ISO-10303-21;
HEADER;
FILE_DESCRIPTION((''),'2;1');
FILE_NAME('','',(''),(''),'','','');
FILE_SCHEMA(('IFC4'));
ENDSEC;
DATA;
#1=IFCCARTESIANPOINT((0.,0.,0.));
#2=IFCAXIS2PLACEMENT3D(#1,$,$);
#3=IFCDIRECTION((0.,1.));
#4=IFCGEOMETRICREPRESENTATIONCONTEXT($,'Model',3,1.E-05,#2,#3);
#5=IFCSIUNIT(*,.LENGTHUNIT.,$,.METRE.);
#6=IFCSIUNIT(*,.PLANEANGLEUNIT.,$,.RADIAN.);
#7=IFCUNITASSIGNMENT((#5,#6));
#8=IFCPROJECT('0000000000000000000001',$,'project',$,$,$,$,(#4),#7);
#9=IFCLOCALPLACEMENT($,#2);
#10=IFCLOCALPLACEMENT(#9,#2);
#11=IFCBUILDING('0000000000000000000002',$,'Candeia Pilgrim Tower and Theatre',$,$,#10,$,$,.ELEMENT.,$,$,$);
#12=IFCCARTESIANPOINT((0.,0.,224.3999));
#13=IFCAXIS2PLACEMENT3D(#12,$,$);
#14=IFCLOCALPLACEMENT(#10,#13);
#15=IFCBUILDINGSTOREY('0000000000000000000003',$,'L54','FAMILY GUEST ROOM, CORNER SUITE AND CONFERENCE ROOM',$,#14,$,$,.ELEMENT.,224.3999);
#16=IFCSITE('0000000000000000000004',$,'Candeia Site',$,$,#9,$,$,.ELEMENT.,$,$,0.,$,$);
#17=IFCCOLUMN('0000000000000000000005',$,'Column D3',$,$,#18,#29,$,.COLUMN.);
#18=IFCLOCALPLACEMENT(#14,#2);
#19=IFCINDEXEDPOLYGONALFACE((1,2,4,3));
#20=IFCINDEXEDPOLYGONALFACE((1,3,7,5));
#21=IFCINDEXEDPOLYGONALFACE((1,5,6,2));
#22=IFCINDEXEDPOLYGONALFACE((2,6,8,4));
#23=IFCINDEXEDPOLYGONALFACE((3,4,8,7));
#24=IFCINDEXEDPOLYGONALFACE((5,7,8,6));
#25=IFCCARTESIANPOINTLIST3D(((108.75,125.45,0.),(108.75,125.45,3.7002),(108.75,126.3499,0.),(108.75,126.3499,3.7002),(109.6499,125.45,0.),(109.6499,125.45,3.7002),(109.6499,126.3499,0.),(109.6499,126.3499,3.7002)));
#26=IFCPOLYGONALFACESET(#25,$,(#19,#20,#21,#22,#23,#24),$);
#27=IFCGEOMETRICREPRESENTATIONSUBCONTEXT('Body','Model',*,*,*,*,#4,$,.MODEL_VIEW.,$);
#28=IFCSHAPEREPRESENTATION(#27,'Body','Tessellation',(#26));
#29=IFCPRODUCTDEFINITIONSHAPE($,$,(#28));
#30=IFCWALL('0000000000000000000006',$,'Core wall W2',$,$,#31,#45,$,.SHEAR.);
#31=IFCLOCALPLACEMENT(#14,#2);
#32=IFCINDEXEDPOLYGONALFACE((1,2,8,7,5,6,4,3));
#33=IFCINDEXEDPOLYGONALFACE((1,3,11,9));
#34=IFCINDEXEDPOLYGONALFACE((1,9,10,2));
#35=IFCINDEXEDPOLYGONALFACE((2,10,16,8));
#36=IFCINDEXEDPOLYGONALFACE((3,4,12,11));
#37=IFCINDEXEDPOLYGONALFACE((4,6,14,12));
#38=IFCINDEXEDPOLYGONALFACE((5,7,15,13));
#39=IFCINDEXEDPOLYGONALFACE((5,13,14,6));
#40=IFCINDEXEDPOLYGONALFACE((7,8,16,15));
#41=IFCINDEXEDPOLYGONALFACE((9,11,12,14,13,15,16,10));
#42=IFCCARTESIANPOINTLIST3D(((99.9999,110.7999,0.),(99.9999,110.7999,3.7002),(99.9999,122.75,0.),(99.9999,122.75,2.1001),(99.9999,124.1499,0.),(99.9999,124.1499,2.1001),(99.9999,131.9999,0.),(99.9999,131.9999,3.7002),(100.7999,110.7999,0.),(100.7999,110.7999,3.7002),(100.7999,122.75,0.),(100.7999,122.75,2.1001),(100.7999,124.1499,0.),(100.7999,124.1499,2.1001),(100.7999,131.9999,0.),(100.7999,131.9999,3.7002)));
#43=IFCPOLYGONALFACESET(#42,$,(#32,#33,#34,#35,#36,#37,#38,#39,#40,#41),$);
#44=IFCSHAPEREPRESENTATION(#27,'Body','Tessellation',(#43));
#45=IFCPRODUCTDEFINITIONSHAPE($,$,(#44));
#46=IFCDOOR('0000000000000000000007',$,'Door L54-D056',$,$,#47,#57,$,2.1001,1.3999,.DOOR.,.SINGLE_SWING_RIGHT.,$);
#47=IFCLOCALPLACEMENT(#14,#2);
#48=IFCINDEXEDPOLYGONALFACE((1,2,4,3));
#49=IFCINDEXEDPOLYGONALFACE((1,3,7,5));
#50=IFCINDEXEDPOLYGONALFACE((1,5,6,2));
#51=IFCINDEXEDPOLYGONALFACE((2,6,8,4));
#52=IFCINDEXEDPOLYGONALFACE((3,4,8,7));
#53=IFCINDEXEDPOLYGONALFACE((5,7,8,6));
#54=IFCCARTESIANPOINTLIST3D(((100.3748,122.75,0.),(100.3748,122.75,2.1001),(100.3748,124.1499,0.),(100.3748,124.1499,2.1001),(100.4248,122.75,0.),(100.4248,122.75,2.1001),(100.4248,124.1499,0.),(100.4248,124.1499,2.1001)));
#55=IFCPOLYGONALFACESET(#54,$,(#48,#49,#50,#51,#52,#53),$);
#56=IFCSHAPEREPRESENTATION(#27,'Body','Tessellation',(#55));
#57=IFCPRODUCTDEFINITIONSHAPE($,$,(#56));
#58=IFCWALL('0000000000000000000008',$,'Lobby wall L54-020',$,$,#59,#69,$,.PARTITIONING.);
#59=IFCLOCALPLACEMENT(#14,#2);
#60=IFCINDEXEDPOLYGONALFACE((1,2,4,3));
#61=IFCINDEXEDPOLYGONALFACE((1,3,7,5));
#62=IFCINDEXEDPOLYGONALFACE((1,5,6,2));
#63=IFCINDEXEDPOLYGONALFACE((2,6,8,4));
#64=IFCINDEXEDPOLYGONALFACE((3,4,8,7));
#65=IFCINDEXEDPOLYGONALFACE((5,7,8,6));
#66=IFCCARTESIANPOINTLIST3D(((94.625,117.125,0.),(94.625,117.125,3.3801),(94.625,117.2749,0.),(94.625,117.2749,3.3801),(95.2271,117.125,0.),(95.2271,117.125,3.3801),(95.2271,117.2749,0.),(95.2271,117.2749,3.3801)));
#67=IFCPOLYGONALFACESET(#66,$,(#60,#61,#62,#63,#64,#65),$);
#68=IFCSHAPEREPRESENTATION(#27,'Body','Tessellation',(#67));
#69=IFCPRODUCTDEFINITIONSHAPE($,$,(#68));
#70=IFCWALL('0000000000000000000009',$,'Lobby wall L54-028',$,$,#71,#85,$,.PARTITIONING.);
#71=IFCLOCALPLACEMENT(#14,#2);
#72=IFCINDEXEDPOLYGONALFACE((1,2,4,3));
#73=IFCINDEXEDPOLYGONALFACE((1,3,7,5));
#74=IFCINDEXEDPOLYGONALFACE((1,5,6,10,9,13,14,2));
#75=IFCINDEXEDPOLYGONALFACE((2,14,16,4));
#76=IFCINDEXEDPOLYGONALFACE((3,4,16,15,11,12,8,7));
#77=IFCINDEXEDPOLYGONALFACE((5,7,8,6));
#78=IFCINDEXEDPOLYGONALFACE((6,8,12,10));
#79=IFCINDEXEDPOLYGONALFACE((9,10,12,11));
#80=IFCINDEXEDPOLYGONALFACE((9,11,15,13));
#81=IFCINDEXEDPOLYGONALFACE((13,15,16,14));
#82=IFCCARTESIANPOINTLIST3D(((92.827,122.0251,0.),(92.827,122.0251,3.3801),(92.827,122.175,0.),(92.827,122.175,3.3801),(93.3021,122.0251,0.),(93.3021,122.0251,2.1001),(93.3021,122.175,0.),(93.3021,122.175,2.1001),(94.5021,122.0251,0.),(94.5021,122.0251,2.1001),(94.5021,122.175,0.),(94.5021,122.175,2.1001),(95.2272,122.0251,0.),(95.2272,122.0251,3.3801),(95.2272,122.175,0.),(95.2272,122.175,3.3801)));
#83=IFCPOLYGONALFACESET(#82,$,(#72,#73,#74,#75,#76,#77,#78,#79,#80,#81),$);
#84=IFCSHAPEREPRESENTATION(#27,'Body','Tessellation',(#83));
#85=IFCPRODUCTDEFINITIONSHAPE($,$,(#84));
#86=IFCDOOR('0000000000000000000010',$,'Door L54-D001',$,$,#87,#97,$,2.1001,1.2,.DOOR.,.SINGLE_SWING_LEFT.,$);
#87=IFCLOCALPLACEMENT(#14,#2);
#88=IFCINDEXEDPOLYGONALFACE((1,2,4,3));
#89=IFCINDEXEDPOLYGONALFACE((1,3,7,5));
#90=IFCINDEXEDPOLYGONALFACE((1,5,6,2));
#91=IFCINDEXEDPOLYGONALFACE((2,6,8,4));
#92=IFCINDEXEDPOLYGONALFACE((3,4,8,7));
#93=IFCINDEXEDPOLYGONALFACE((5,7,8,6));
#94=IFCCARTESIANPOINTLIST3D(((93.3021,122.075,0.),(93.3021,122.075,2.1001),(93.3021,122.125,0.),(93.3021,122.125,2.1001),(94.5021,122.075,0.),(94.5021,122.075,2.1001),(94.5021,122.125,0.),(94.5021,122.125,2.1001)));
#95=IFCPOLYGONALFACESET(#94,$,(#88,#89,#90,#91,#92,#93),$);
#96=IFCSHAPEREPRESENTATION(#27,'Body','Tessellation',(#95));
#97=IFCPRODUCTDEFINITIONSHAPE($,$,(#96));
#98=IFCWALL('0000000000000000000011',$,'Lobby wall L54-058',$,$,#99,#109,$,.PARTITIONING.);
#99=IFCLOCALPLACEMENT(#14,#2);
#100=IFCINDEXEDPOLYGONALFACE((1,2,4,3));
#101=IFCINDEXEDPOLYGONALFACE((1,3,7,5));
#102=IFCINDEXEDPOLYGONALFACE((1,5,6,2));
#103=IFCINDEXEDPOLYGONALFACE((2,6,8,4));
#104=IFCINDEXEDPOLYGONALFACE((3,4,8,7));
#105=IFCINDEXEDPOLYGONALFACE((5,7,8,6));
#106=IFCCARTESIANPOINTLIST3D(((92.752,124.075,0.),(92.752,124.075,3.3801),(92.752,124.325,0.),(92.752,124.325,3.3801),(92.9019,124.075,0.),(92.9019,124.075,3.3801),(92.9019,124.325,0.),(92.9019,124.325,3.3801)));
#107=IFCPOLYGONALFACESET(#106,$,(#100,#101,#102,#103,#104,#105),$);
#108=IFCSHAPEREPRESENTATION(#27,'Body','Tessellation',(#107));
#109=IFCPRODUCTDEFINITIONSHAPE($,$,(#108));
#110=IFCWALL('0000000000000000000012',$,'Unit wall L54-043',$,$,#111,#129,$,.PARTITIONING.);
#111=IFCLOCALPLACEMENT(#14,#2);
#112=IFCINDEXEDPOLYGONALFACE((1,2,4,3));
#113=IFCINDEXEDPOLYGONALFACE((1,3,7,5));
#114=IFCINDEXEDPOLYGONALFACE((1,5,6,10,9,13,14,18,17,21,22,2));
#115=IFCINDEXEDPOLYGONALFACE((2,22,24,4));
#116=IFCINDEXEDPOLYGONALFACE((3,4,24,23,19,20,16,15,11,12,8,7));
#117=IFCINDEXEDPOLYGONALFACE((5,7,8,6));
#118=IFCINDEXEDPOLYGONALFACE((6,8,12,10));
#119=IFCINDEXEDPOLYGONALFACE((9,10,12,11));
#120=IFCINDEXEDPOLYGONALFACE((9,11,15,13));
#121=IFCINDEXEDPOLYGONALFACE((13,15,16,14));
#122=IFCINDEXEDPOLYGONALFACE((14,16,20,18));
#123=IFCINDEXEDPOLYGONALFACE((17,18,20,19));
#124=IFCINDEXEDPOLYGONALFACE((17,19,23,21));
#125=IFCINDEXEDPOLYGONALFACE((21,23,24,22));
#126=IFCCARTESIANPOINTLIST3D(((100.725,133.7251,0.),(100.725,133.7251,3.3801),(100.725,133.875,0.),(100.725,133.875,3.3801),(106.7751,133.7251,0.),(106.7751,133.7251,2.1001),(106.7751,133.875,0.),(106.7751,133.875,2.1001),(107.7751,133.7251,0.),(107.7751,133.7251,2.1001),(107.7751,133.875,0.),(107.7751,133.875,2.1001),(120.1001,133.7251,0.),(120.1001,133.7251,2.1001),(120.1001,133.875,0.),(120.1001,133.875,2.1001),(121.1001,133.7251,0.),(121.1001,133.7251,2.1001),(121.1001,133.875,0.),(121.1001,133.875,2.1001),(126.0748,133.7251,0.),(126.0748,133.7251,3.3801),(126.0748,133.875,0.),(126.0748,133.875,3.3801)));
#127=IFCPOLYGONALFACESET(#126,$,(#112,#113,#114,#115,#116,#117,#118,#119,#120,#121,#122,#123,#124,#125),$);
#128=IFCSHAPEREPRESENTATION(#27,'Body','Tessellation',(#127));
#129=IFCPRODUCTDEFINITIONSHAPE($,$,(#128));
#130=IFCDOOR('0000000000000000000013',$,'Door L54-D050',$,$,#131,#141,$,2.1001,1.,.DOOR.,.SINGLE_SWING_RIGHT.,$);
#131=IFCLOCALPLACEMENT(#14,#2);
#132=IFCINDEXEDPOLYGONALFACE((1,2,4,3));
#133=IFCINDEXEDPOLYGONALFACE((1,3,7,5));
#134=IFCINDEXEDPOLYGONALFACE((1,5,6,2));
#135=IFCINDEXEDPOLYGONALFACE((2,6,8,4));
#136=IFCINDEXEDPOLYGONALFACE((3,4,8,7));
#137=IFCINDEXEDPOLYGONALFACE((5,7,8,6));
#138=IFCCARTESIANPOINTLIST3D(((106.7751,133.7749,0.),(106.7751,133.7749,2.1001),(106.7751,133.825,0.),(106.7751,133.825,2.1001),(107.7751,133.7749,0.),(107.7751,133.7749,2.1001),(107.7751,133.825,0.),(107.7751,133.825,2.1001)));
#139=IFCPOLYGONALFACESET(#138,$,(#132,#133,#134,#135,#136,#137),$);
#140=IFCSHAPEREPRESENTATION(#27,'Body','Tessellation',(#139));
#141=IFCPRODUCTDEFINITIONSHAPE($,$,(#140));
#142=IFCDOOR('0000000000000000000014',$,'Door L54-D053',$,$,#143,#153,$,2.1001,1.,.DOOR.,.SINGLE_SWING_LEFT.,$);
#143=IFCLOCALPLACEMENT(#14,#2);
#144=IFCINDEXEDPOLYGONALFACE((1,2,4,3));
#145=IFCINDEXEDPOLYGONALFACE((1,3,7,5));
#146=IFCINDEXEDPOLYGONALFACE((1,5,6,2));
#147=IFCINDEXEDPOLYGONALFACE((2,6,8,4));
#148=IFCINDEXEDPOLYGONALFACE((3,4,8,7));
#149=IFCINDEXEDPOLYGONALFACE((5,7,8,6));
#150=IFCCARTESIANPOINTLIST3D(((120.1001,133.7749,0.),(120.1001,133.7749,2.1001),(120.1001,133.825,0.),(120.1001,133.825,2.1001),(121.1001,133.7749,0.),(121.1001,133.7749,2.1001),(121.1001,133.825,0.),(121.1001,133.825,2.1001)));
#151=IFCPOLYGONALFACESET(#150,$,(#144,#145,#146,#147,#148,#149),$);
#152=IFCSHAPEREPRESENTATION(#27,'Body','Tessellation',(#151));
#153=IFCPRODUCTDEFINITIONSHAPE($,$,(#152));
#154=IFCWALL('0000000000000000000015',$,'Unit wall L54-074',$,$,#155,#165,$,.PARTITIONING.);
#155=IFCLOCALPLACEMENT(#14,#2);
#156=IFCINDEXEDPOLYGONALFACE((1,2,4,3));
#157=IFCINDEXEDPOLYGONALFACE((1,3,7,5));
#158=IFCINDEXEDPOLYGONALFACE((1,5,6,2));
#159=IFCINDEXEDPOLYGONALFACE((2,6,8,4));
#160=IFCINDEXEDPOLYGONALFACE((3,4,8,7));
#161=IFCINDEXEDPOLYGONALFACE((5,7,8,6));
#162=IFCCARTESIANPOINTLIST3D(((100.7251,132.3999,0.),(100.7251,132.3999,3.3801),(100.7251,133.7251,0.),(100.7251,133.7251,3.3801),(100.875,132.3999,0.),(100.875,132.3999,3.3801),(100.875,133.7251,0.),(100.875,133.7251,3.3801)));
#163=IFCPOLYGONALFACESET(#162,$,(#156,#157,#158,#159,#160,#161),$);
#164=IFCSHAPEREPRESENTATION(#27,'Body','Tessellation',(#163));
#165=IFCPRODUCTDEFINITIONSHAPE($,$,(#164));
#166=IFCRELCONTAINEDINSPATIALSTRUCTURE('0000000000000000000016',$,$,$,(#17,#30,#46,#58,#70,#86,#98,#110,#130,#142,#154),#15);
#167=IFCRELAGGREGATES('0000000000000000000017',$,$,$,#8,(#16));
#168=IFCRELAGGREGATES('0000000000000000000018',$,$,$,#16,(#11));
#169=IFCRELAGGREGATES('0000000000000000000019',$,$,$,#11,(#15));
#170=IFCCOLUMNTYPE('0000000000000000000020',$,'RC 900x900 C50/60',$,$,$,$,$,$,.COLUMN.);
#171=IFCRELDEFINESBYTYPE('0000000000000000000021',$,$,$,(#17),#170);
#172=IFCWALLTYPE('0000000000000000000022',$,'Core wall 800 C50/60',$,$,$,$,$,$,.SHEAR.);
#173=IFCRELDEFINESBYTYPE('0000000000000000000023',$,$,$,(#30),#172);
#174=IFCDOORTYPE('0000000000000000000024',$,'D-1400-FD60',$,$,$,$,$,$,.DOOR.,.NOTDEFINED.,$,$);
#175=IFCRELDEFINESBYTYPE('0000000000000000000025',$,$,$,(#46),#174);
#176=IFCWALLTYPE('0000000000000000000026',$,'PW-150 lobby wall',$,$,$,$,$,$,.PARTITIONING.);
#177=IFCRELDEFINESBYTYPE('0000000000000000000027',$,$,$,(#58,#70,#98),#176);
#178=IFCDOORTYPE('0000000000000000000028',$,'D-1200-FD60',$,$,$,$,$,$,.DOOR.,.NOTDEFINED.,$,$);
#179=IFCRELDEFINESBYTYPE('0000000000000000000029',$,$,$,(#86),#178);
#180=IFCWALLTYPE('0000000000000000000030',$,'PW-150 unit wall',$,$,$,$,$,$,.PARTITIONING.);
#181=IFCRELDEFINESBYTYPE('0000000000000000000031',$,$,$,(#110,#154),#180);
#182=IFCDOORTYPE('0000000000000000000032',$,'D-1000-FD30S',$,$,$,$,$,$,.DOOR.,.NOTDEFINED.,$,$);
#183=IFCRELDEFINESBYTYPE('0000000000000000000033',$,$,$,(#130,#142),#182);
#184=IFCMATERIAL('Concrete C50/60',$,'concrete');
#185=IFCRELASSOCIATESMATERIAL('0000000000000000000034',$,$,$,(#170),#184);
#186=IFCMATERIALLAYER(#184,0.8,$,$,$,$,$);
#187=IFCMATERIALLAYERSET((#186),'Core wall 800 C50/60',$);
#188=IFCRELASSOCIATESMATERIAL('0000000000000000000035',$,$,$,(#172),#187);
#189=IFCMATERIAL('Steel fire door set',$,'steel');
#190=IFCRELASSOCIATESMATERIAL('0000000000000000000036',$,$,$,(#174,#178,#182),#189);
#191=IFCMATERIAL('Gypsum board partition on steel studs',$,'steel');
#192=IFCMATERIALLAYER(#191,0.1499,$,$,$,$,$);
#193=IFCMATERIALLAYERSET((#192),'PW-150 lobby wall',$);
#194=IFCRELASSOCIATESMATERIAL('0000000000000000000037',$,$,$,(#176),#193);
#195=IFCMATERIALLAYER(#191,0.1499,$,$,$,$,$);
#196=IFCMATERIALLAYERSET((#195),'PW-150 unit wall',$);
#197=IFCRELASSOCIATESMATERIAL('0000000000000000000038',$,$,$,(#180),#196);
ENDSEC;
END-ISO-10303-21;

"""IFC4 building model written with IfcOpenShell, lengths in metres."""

from ifc_helpers import new_model, si_unit, direction, frame, frame_2d, origin, origin_2d, place, context, subcontext, project, spatial, rectangle, extrude, material, layer, layer_set, material_profile, profile_set, type_object, element, fill, save


model = new_model("IFC4")

# Units and contexts
model_context = context("Model", 3, precision=1e-05, world=origin(), true_north=direction((0.0, 1.0)))
body_context = subcontext(model_context, "Body", "Model", "MODEL_VIEW")
ifc_project = project(units=[si_unit("LENGTHUNIT", "METRE"), si_unit("PLANEANGLEUNIT", "RADIAN")], contexts=[model_context])

# Site, building, storey
site_placement = place(None, origin())
site = spatial("IfcSite", under=ifc_project, at=site_placement, Name="Candeia Site", CompositionType="ELEMENT", RefElevation=0.0)
building_placement = place(site_placement, origin())
building = spatial("IfcBuilding", under=site, at=building_placement, Name="Candeia Pilgrim Tower and Theatre", CompositionType="ELEMENT")
storey_placement = place(building_placement, frame((0.0, 0.0, 224.3999)))
storey = spatial("IfcBuildingStorey", under=building, at=storey_placement, Name="L54", Description="FAMILY GUEST ROOM, CORNER SUITE AND CONFERENCE ROOM", CompositionType="ELEMENT", Elevation=224.3999)

# Column
ifc_material_1 = material(Name="Concrete C50/60", Category="concrete")
ifc_material_profile = material_profile(ifc_material_1, rectangle(XDim=0.8999, YDim=0.8999, at=origin_2d()))
ifc_profile_set = profile_set([ifc_material_profile], Name="Concrete C50/60")
column_type = type_object("IfcColumnType", Name="RC 900x900 C50/60", PredefinedType="COLUMN", material=ifc_profile_set)
column_placement = place(storey_placement, frame((109.2, 125.8999, 0.0), z_axis=(0.0, 0.0, 1.0), x_axis=(1.0, 0.0, 0.0)))
element("IfcColumn", 1, at=column_placement, inside=storey, type_object=column_type, Name="Column D3", PredefinedType="COLUMN", context=body_context, shape_type="SweptSolid", body=[
    extrude(rectangle(XDim=0.8999, YDim=0.8999, at=origin_2d()), origin(), (0.0, 0.0, 1.0), 3.7002),
])

# Wall, opening, door
ifc_layer_1 = layer(ifc_material_1, 0.8)
ifc_layer_set_1 = layer_set([ifc_layer_1], Name="Core wall 800 C50/60")
wall_type_1 = type_object("IfcWallType", Name="Core wall 800 C50/60", PredefinedType="SHEAR", material=ifc_layer_set_1)
wall_1_placement = place(storey_placement, frame((100.3999, 132.0, 0.0), z_axis=(0.0, 0.0, 1.0), x_axis=(0.0, -1.0, 0.0)))
wall_1 = element("IfcWall", 2, at=wall_1_placement, inside=storey, type_object=wall_type_1, Name="Core wall W2", PredefinedType="SHEAR", context=body_context, shape_type="SweptSolid", body=[
    extrude(rectangle(XDim=21.2, YDim=0.8, at=frame_2d((10.6001, 0.0))), origin(), (0.0, 0.0, 1.0), 3.7002),
])
opening_1_placement = place(wall_1_placement, frame((7.8501, 0.0, 0.0)))
opening_1 = element("IfcOpeningElement", 3, at=opening_1_placement, cuts=wall_1, PredefinedType="OPENING", context=body_context, shape_type="SweptSolid", body=[
    extrude(rectangle(XDim=1.3999, YDim=2.1001, at=frame_2d((0.7, 1.05))), frame((0.0, 0.4102, 0.0), z_axis=(0.0, -1.0, 0.0), x_axis=(1.0, 0.0, 0.0)), (0.0, 0.0, 1.0), 0.8201),
])
ifc_material_2 = material(Name="Steel fire door set", Category="steel")
door_type_1 = type_object("IfcDoorType", Name="D-1400-FD60", OperationType="NOTDEFINED", PredefinedType="DOOR", material=ifc_material_2)
door_1_placement = place(opening_1_placement, origin())
door_1 = element("IfcDoor", 4, at=door_1_placement, inside=storey, type_object=door_type_1, Name="Door L54-D056", OperationType="SINGLE_SWING_RIGHT", OverallHeight=2.1001, OverallWidth=1.3999, PredefinedType="DOOR", context=body_context, shape_type="SweptSolid", body=[
    extrude(rectangle(XDim=1.3999, YDim=2.1001, at=frame_2d((0.7, 1.05))), frame((0.0, 0.0249, 0.0), z_axis=(0.0, -1.0, 0.0), x_axis=(1.0, 0.0, 0.0)), (0.0, 0.0, 1.0), 0.05),
])
fill(opening_1, door_1)

# Wall
ifc_material_3 = material(Name="Gypsum board partition on steel studs", Category="steel")
ifc_layer_2 = layer(ifc_material_3, 0.1499)
ifc_layer_set_2 = layer_set([ifc_layer_2], Name="PW-150 lobby wall")
wall_type_2 = type_object("IfcWallType", Name="PW-150 lobby wall", PredefinedType="PARTITIONING", material=ifc_layer_set_2)
wall_2_placement = place(storey_placement, frame((94.625, 117.2, 0.0), z_axis=(0.0, 0.0, 1.0), x_axis=(1.0, 0.0, 0.0)))
element("IfcWall", 5, at=wall_2_placement, inside=storey, type_object=wall_type_2, Name="Lobby wall L54-020", PredefinedType="PARTITIONING", context=body_context, shape_type="SweptSolid", body=[
    extrude(rectangle(XDim=0.6021, YDim=0.1499, at=frame_2d((0.301, 0.0))), origin(), (0.0, 0.0, 1.0), 3.3801),
])

# Wall, opening, door
wall_3_placement = place(storey_placement, frame((92.8269, 122.1001, 0.0), z_axis=(0.0, 0.0, 1.0), x_axis=(1.0, 0.0, 0.0)))
wall_3 = element("IfcWall", 6, at=wall_3_placement, inside=storey, type_object=wall_type_2, Name="Lobby wall L54-028", PredefinedType="PARTITIONING", context=body_context, shape_type="SweptSolid", body=[
    extrude(rectangle(XDim=2.4001, YDim=0.1499, at=frame_2d((1.2002, 0.0))), origin(), (0.0, 0.0, 1.0), 3.3801),
])
opening_2_placement = place(wall_3_placement, frame((0.4751, 0.0, 0.0)))
opening_2 = element("IfcOpeningElement", 7, at=opening_2_placement, cuts=wall_3, PredefinedType="OPENING", context=body_context, shape_type="SweptSolid", body=[
    extrude(rectangle(XDim=1.2, YDim=2.1001, at=frame_2d((0.6001, 1.05))), frame((0.0, 0.085, 0.0), z_axis=(0.0, -1.0, 0.0), x_axis=(1.0, 0.0, 0.0)), (0.0, 0.0, 1.0), 0.1699),
])
door_type_2 = type_object("IfcDoorType", Name="D-1200-FD60", OperationType="NOTDEFINED", PredefinedType="DOOR", material=ifc_material_2)
door_2_placement = place(opening_2_placement, origin())
door_2 = element("IfcDoor", 8, at=door_2_placement, inside=storey, type_object=door_type_2, Name="Door L54-D001", OperationType="SINGLE_SWING_LEFT", OverallHeight=2.1001, OverallWidth=1.2, PredefinedType="DOOR", context=body_context, shape_type="SweptSolid", body=[
    extrude(rectangle(XDim=1.2, YDim=2.1001, at=frame_2d((0.6001, 1.05))), frame((0.0, 0.0249, 0.0), z_axis=(0.0, -1.0, 0.0), x_axis=(1.0, 0.0, 0.0)), (0.0, 0.0, 1.0), 0.05),
])
fill(opening_2, door_2)

# Wall
wall_4_placement = place(storey_placement, frame((92.8269, 124.075, 0.0), z_axis=(0.0, 0.0, 1.0), x_axis=(0.0, 1.0, 0.0)))
element("IfcWall", 9, at=wall_4_placement, inside=storey, type_object=wall_type_2, Name="Lobby wall L54-058", PredefinedType="PARTITIONING", context=body_context, shape_type="SweptSolid", body=[
    extrude(rectangle(XDim=0.25, YDim=0.1499, at=frame_2d((0.125, 0.0))), origin(), (0.0, 0.0, 1.0), 3.3801),
])

# Wall, openings, doors
ifc_layer_3 = layer(ifc_material_3, 0.1499)
ifc_layer_set_3 = layer_set([ifc_layer_3], Name="PW-150 unit wall")
wall_type_3 = type_object("IfcWallType", Name="PW-150 unit wall", PredefinedType="PARTITIONING", material=ifc_layer_set_3)
wall_5_placement = place(storey_placement, frame((100.7251, 133.8, 0.0), z_axis=(0.0, 0.0, 1.0), x_axis=(1.0, 0.0, 0.0)))
wall_5 = element("IfcWall", 10, at=wall_5_placement, inside=storey, type_object=wall_type_3, Name="Unit wall L54-043", PredefinedType="PARTITIONING", context=body_context, shape_type="SweptSolid", body=[
    extrude(rectangle(XDim=25.3499, YDim=0.1499, at=frame_2d((12.6748, 0.0))), origin(), (0.0, 0.0, 1.0), 3.3801),
])
opening_3_placement = place(wall_5_placement, frame((6.05, 0.0, 0.0)))
opening_3 = element("IfcOpeningElement", 11, at=opening_3_placement, cuts=wall_5, PredefinedType="OPENING", context=body_context, shape_type="SweptSolid", body=[
    extrude(rectangle(XDim=1.0, YDim=2.1001, at=frame_2d((0.5, 1.05))), frame((0.0, 0.085, 0.0), z_axis=(0.0, -1.0, 0.0), x_axis=(1.0, 0.0, 0.0)), (0.0, 0.0, 1.0), 0.1699),
])
opening_4_placement = place(wall_5_placement, frame((19.375, 0.0, 0.0)))
opening_4 = element("IfcOpeningElement", 12, at=opening_4_placement, cuts=wall_5, PredefinedType="OPENING", context=body_context, shape_type="SweptSolid", body=[
    extrude(rectangle(XDim=1.0, YDim=2.1001, at=frame_2d((0.5, 1.05))), frame((0.0, 0.085, 0.0), z_axis=(0.0, -1.0, 0.0), x_axis=(1.0, 0.0, 0.0)), (0.0, 0.0, 1.0), 0.1699),
])
door_type_3 = type_object("IfcDoorType", Name="D-1000-FD30S", OperationType="NOTDEFINED", PredefinedType="DOOR", material=ifc_material_2)
door_3_placement = place(opening_3_placement, origin())
door_3 = element("IfcDoor", 13, at=door_3_placement, inside=storey, type_object=door_type_3, Name="Door L54-D050", OperationType="SINGLE_SWING_RIGHT", OverallHeight=2.1001, OverallWidth=1.0, PredefinedType="DOOR", context=body_context, shape_type="SweptSolid", body=[
    extrude(rectangle(XDim=1.0, YDim=2.1001, at=frame_2d((0.5, 1.05))), frame((0.0, 0.0249, 0.0), z_axis=(0.0, -1.0, 0.0), x_axis=(1.0, 0.0, 0.0)), (0.0, 0.0, 1.0), 0.05),
])
fill(opening_3, door_3)
door_4_placement = place(opening_4_placement, origin())
door_4 = element("IfcDoor", 14, at=door_4_placement, inside=storey, type_object=door_type_3, Name="Door L54-D053", OperationType="SINGLE_SWING_LEFT", OverallHeight=2.1001, OverallWidth=1.0, PredefinedType="DOOR", context=body_context, shape_type="SweptSolid", body=[
    extrude(rectangle(XDim=1.0, YDim=2.1001, at=frame_2d((0.5, 1.05))), frame((0.0, 0.0249, 0.0), z_axis=(0.0, -1.0, 0.0), x_axis=(1.0, 0.0, 0.0)), (0.0, 0.0, 1.0), 0.05),
])
fill(opening_4, door_4)

# Wall
wall_6_placement = place(storey_placement, frame((100.8, 132.3999, 0.0), z_axis=(0.0, 0.0, 1.0), x_axis=(0.0, 1.0, 0.0)))
element("IfcWall", 15, at=wall_6_placement, inside=storey, type_object=wall_type_3, Name="Unit wall L54-074", PredefinedType="PARTITIONING", context=body_context, shape_type="SweptSolid", body=[
    extrude(rectangle(XDim=1.3252, YDim=0.1499, at=frame_2d((0.6626, 0.0))), origin(), (0.0, 0.0, 1.0), 3.3801),
])

save(model, "model.ifc")
